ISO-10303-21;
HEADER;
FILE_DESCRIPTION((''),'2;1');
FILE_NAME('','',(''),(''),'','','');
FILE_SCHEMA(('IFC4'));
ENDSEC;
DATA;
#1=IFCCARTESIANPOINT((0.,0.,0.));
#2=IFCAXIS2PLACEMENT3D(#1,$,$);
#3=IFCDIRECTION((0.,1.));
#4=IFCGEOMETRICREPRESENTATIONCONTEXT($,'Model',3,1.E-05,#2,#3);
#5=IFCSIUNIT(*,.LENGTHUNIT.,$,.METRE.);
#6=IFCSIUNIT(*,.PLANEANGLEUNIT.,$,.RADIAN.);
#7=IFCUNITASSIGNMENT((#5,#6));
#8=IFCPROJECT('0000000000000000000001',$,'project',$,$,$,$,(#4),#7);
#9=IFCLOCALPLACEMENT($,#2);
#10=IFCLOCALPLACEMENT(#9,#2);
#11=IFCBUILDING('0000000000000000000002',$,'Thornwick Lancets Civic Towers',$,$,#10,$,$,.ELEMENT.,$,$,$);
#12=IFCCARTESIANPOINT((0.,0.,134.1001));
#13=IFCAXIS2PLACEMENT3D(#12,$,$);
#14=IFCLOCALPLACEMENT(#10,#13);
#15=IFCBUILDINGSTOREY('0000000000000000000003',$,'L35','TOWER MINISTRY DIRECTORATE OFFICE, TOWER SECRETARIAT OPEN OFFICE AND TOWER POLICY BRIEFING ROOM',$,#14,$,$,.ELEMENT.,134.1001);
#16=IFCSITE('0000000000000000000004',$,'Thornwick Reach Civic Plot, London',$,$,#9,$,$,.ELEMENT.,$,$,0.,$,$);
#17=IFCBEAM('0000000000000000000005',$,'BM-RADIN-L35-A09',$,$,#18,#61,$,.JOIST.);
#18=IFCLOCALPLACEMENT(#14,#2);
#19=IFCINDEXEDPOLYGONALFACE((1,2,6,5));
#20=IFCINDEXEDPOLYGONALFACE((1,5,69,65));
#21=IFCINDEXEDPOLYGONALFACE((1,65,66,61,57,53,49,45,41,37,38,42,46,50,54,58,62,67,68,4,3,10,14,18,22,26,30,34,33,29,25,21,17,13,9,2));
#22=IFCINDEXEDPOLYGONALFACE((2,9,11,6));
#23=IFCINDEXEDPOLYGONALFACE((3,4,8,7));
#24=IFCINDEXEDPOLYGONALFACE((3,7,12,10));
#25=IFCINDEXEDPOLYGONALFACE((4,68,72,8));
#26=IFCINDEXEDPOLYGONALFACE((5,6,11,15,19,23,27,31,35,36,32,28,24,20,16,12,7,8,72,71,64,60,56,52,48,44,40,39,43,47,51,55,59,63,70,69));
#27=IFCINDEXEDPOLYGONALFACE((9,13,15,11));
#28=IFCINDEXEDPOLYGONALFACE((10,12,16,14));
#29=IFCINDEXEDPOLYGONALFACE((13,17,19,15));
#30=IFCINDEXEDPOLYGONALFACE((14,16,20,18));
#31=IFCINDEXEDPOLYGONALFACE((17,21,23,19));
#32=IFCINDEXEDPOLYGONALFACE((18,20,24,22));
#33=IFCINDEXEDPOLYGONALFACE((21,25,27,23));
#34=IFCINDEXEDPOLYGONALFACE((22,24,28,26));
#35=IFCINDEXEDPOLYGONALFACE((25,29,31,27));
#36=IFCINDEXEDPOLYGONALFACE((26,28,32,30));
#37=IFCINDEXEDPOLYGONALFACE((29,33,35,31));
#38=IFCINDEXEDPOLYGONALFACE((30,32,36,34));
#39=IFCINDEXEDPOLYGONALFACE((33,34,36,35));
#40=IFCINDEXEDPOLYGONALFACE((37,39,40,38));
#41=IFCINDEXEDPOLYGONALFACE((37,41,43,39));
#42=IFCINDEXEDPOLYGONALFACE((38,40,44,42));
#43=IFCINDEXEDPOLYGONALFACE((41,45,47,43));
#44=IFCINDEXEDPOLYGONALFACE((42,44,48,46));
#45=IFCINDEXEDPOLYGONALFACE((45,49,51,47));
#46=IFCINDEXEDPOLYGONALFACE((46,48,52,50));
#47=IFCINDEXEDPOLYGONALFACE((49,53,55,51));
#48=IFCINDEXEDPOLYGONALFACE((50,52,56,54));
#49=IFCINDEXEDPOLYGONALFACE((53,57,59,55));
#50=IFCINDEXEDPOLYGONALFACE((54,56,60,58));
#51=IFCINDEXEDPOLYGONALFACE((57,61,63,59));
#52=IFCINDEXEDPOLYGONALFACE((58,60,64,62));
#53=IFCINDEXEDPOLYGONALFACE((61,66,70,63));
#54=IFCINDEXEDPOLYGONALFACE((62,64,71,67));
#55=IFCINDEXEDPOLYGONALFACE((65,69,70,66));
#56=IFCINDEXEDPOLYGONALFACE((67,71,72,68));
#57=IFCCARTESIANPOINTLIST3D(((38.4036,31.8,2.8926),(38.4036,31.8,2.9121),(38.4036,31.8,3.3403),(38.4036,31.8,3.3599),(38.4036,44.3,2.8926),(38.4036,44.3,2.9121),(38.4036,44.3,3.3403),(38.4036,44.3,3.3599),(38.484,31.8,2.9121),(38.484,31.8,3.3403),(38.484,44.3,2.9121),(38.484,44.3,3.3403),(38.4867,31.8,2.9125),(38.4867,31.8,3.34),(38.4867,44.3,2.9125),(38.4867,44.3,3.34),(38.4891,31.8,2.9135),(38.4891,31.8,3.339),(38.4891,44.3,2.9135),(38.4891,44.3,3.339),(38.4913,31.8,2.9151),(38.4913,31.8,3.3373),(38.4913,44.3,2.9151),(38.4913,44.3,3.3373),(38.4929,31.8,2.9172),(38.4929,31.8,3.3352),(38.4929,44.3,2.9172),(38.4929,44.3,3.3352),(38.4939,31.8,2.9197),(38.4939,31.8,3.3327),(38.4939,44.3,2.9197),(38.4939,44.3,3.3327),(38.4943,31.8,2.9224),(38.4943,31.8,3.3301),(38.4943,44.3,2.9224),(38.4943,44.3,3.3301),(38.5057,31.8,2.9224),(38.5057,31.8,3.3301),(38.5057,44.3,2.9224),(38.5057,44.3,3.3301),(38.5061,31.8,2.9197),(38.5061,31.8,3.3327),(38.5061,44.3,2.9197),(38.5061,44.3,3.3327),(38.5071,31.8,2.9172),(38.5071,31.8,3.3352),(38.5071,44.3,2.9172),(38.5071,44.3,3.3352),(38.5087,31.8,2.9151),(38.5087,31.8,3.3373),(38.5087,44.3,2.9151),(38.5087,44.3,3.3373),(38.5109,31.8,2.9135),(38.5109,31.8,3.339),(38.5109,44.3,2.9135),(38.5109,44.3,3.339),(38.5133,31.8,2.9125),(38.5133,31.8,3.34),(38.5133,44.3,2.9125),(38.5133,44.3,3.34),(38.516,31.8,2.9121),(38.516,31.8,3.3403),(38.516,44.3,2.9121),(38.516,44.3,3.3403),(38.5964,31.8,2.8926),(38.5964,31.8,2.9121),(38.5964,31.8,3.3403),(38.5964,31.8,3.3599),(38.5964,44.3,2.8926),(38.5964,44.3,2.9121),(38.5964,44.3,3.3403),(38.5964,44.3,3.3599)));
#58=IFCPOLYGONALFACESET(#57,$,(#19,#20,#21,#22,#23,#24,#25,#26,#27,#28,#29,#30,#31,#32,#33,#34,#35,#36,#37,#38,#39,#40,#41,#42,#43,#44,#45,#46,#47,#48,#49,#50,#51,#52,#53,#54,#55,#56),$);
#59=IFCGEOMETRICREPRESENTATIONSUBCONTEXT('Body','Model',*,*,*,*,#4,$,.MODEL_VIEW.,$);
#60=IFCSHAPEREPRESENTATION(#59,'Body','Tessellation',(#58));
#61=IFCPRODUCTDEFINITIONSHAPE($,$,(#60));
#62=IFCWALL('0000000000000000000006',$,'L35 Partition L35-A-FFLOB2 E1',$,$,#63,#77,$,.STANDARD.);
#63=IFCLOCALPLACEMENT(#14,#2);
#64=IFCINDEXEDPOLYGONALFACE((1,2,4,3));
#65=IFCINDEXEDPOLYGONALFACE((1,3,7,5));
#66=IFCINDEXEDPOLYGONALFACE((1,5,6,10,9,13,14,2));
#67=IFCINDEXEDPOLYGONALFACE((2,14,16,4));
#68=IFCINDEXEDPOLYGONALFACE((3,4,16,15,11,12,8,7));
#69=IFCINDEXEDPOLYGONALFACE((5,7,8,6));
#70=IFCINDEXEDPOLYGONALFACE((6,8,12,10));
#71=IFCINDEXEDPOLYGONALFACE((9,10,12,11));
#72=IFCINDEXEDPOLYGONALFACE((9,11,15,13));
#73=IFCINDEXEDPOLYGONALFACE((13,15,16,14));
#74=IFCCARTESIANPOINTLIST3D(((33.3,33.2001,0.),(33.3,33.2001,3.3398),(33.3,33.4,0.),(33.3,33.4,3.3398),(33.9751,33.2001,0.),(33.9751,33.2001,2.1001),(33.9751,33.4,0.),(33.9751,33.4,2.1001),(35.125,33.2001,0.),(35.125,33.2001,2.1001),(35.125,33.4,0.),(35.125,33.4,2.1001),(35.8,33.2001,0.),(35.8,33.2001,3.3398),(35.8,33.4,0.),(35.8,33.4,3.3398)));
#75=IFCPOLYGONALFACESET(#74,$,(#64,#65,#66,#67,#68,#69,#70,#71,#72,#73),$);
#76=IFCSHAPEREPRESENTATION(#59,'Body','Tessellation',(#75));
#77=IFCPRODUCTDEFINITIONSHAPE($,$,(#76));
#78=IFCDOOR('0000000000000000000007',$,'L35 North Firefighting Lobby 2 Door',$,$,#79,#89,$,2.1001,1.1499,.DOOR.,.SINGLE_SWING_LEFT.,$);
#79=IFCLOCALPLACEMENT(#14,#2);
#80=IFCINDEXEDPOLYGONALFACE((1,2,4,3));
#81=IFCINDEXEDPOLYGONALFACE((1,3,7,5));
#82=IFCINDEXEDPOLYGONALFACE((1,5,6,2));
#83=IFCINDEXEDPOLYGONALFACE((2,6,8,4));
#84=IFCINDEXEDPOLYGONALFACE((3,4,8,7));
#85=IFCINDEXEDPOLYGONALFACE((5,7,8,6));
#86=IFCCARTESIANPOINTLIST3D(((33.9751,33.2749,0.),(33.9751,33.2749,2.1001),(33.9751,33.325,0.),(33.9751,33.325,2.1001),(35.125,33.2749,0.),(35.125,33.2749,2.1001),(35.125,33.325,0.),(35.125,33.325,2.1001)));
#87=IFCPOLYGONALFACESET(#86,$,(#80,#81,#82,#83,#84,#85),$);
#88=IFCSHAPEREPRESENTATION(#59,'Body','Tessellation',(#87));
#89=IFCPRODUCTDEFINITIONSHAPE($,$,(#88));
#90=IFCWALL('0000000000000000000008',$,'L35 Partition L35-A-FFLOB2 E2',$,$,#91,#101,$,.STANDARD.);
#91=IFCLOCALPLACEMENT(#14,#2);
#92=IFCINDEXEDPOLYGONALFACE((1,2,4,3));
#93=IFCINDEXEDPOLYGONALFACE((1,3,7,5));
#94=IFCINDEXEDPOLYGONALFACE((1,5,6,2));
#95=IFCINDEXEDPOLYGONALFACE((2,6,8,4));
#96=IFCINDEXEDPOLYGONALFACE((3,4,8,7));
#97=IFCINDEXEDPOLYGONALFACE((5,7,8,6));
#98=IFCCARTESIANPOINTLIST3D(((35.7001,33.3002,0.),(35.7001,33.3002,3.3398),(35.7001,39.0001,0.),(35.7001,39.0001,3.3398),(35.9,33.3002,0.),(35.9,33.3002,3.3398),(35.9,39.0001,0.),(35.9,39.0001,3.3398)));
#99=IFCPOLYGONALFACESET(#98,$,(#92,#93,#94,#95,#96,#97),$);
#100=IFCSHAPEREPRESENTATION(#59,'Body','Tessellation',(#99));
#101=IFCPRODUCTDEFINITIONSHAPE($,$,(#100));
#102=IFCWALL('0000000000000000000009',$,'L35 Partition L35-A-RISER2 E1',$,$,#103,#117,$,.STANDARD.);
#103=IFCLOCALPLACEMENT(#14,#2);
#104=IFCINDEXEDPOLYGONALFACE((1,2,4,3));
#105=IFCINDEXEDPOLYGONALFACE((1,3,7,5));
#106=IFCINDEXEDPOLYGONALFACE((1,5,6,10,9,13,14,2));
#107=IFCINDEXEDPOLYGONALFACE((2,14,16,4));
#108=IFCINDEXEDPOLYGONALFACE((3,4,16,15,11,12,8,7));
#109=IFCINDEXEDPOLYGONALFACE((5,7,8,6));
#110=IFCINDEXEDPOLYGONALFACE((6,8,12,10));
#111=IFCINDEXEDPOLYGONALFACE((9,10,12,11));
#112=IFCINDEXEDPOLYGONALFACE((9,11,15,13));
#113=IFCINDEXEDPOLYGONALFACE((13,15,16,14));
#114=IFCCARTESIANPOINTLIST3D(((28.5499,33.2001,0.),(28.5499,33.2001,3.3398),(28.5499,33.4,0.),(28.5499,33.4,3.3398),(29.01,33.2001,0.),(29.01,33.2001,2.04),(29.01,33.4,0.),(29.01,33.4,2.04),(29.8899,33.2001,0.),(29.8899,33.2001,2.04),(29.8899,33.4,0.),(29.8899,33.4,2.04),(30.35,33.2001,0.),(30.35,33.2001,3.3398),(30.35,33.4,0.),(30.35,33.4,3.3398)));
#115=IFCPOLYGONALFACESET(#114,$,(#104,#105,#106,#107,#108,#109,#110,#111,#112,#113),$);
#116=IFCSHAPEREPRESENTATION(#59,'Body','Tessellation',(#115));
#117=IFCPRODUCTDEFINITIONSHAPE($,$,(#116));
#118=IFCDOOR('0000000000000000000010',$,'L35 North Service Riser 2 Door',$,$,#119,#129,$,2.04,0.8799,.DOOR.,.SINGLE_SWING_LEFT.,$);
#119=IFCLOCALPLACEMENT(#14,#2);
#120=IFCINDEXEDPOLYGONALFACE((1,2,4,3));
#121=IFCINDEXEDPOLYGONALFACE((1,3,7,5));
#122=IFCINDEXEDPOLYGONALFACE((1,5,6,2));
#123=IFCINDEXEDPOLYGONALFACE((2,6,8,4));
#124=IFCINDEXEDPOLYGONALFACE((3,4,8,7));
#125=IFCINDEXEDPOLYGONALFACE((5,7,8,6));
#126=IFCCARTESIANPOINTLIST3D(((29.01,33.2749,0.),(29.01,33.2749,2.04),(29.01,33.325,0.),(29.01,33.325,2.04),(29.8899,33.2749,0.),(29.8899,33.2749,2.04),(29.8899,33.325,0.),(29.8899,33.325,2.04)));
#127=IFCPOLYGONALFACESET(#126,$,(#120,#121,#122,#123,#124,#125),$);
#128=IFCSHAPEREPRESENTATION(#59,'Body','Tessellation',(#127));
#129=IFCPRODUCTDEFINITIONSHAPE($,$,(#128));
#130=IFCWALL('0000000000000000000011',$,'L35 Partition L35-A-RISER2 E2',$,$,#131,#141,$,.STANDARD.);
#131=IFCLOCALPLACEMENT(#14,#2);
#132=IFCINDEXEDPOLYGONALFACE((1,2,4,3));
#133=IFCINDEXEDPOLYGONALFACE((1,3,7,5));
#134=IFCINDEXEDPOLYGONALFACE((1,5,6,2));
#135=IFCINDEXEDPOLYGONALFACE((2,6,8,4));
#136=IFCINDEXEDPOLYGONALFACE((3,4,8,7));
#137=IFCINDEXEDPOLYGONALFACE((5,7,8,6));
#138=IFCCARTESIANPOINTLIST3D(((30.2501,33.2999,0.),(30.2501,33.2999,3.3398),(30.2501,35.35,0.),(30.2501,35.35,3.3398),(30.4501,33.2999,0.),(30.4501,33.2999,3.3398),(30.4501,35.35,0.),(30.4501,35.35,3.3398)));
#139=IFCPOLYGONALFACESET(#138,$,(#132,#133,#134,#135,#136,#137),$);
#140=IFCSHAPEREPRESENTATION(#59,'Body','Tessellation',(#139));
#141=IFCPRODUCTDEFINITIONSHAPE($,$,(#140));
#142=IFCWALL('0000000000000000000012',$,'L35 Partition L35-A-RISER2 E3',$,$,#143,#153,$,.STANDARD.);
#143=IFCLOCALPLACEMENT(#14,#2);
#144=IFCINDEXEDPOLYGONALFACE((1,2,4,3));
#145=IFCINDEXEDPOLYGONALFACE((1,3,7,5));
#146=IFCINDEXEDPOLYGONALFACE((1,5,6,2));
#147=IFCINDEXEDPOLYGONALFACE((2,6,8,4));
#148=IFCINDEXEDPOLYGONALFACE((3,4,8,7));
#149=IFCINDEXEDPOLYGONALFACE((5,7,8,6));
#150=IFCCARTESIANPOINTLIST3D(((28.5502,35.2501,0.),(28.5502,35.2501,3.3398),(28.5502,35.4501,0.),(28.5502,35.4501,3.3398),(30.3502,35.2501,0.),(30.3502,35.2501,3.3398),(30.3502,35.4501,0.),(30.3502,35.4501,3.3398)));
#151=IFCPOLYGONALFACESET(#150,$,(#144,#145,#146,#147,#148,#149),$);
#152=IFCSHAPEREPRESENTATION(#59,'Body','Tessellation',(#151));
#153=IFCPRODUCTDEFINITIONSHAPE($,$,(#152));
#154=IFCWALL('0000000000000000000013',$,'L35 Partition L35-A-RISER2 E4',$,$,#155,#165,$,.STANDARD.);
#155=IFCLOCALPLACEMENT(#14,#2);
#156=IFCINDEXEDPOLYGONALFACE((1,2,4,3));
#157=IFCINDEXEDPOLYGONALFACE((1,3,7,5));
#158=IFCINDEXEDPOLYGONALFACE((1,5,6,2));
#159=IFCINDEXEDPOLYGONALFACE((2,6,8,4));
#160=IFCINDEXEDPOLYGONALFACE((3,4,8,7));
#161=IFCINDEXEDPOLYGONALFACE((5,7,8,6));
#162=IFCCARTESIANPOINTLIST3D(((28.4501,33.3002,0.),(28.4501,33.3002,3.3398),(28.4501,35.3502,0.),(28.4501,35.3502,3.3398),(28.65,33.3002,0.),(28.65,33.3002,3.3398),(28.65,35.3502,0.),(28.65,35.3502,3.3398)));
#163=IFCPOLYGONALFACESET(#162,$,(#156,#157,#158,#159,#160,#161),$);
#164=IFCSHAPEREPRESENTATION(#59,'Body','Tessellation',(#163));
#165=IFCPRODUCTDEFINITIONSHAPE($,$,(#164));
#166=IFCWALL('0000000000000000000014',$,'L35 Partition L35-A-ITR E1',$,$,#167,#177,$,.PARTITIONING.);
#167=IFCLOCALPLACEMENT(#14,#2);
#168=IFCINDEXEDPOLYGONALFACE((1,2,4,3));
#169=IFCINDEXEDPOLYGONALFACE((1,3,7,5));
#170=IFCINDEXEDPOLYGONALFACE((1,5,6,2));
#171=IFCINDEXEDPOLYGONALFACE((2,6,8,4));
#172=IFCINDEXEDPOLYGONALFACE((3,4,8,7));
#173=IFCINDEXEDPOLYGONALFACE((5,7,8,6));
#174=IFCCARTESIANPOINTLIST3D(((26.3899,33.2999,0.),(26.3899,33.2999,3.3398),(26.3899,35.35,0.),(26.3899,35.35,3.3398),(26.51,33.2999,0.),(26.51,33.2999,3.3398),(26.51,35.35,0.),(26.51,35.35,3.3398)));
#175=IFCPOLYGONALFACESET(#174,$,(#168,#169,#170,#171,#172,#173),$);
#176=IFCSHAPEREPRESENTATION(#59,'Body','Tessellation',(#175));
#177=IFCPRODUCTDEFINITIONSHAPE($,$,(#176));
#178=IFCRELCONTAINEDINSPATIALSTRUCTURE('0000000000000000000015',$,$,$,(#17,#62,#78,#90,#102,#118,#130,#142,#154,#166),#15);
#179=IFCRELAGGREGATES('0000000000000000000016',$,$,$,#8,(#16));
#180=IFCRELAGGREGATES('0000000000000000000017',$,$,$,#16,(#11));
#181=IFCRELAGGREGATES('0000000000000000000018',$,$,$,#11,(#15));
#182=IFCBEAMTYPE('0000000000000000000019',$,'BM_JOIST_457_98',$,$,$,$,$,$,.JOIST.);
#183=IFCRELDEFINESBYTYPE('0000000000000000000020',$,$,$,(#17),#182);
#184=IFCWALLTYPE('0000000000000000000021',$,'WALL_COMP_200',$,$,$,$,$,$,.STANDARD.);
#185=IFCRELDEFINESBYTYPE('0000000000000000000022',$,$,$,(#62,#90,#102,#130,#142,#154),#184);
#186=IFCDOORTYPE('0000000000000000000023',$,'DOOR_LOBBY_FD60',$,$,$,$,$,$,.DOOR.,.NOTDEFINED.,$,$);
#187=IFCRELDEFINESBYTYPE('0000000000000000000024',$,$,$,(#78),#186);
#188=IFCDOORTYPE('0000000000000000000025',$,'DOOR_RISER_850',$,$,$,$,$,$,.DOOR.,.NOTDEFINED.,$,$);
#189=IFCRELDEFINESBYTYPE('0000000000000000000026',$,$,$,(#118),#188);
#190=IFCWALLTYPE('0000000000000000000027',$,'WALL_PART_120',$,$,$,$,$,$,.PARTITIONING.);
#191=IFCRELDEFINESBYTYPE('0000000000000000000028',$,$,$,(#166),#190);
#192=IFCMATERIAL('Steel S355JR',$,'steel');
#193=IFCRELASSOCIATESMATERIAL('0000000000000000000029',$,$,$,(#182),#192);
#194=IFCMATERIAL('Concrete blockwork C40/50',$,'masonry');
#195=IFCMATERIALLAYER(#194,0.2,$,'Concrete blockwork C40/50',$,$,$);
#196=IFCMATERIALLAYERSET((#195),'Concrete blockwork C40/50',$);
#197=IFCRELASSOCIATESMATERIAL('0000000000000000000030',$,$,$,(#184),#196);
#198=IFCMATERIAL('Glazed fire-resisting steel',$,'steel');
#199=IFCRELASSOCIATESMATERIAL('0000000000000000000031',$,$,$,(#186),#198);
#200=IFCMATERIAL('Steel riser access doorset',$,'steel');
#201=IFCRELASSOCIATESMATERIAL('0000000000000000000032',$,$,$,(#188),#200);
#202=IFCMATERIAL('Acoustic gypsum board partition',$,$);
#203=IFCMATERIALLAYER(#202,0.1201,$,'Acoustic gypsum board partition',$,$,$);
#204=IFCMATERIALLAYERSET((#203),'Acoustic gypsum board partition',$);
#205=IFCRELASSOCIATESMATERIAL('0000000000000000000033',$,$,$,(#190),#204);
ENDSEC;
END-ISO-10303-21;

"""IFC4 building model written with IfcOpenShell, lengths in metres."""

from ifc_helpers import new_model, si_unit, direction, frame, frame_2d, origin, origin_2d, place, context, subcontext, project, spatial, rectangle, i_section, extrude, material, layer, layer_set, material_profile, profile_set, type_object, element, fill, save


model = new_model("IFC4")

# Units and contexts
model_context = context("Model", 3, precision=1e-05, world=origin(), true_north=direction((0.0, 1.0)))
body_context = subcontext(model_context, "Body", "Model", "MODEL_VIEW")
ifc_project = project(units=[si_unit("LENGTHUNIT", "METRE"), si_unit("PLANEANGLEUNIT", "RADIAN")], contexts=[model_context])

# Site, building, storey
site_placement = place(None, origin())
site = spatial("IfcSite", under=ifc_project, at=site_placement, Name="Thornwick Reach Civic Plot, London", CompositionType="ELEMENT", RefElevation=0.0)
building_placement = place(site_placement, origin())
building = spatial("IfcBuilding", under=site, at=building_placement, Name="Thornwick Lancets Civic Towers", CompositionType="ELEMENT")
storey_placement = place(building_placement, frame((0.0, 0.0, 134.1001)))
storey = spatial("IfcBuildingStorey", under=building, at=storey_placement, Name="L35", Description="TOWER MINISTRY DIRECTORATE OFFICE, TOWER SECRETARIAT OPEN OFFICE AND TOWER POLICY BRIEFING ROOM", CompositionType="ELEMENT", Elevation=134.1001)

# Beam
ifc_material_1 = material(Name="Steel S355JR", Category="steel")
ifc_material_profile_1 = material_profile(ifc_material_1, i_section(OverallWidth=0.1929, OverallDepth=0.4673, WebThickness=0.0115, FlangeThickness=0.0195, FilletRadius=0.0103, at=origin_2d()), Name="UKB 457x191x98")
ifc_profile_set_1 = profile_set([ifc_material_profile_1], Name="Steel S355JR")
beam_type_1 = type_object("IfcBeamType", Name="BM_JOIST_457_98", PredefinedType="JOIST", material=ifc_profile_set_1)
beam_1_placement = place(storey_placement, frame((38.5, 31.8, 3.1262), z_axis=(0.0, 1.0, 0.0), x_axis=(-1.0, 0.0, 0.0)))
element("IfcBeam", 1, at=beam_1_placement, inside=storey, type_object=beam_type_1, Name="BM-RADIN-L35-A09", PredefinedType="JOIST", context=body_context, shape_type="SweptSolid", body=[
    extrude(i_section(OverallWidth=0.1929, OverallDepth=0.4673, WebThickness=0.0115, FlangeThickness=0.0195, FilletRadius=0.0103, at=origin_2d()), origin(), (0.0, 0.0, 1.0), 12.5),
])

# Wall, opening, door
ifc_material_2 = material(Name="Concrete blockwork C40/50", Category="masonry")
ifc_layer_1 = layer(ifc_material_2, 0.2, Name="Concrete blockwork C40/50")
ifc_layer_set_1 = layer_set([ifc_layer_1], Name="Concrete blockwork C40/50")
wall_type_1 = type_object("IfcWallType", Name="WALL_COMP_200", PredefinedType="STANDARD", material=ifc_layer_set_1)
wall_1_placement = place(storey_placement, frame((33.3, 33.3, 0.0), z_axis=(0.0, 0.0, 1.0), x_axis=(1.0, 0.0, 0.0)))
wall_1 = element("IfcWall", 2, at=wall_1_placement, inside=storey, type_object=wall_type_1, Name="L35 Partition L35-A-FFLOB2 E1", PredefinedType="STANDARD", context=body_context, shape_type="SweptSolid", body=[
    extrude(rectangle(XDim=2.5, YDim=0.2, at=frame_2d((1.25, 0.0))), origin(), (0.0, 0.0, 1.0), 3.3398),
])
opening_1_placement = place(wall_1_placement, frame((0.675, 0.0, 0.0)))
opening_1 = element("IfcOpeningElement", 3, at=opening_1_placement, cuts=wall_1, PredefinedType="OPENING", context=body_context, shape_type="SweptSolid", body=[
    extrude(rectangle(XDim=1.1499, YDim=2.1001, at=frame_2d((0.575, 1.05))), frame((0.0, 0.1099, 0.0), z_axis=(0.0, -1.0, 0.0), x_axis=(1.0, 0.0, 0.0)), (0.0, 0.0, 1.0), 0.22),
])
ifc_material_3 = material(Name="Glazed fire-resisting steel", Category="steel")
door_type_1 = type_object("IfcDoorType", Name="DOOR_LOBBY_FD60", OperationType="NOTDEFINED", PredefinedType="DOOR", material=ifc_material_3)
door_1_placement = place(opening_1_placement, origin())
door_1 = element("IfcDoor", 4, at=door_1_placement, inside=storey, type_object=door_type_1, Name="L35 North Firefighting Lobby 2 Door", OperationType="SINGLE_SWING_LEFT", OverallHeight=2.1001, OverallWidth=1.1499, PredefinedType="DOOR", context=body_context, shape_type="SweptSolid", body=[
    extrude(rectangle(XDim=1.1499, YDim=2.1001, at=frame_2d((0.575, 1.05))), frame((0.0, 0.0249, 0.0), z_axis=(0.0, -1.0, 0.0), x_axis=(1.0, 0.0, 0.0)), (0.0, 0.0, 1.0), 0.05),
])
fill(opening_1, door_1)

# Wall
wall_2_placement = place(storey_placement, frame((35.8, 33.3, 0.0), z_axis=(0.0, 0.0, 1.0), x_axis=(0.0, 1.0, 0.0)))
element("IfcWall", 5, at=wall_2_placement, inside=storey, type_object=wall_type_1, Name="L35 Partition L35-A-FFLOB2 E2", PredefinedType="STANDARD", context=body_context, shape_type="SweptSolid", body=[
    extrude(rectangle(XDim=5.7, YDim=0.2, at=frame_2d((2.8501, 0.0))), origin(), (0.0, 0.0, 1.0), 3.3398),
])

# Wall, opening, door
wall_3_placement = place(storey_placement, frame((28.55, 33.3, 0.0), z_axis=(0.0, 0.0, 1.0), x_axis=(1.0, 0.0, 0.0)))
wall_3 = element("IfcWall", 6, at=wall_3_placement, inside=storey, type_object=wall_type_1, Name="L35 Partition L35-A-RISER2 E1", PredefinedType="STANDARD", context=body_context, shape_type="SweptSolid", body=[
    extrude(rectangle(XDim=1.8, YDim=0.2, at=frame_2d((0.8999, 0.0))), origin(), (0.0, 0.0, 1.0), 3.3398),
])
opening_2_placement = place(wall_3_placement, frame((0.46, 0.0, 0.0)))
opening_2 = element("IfcOpeningElement", 7, at=opening_2_placement, cuts=wall_3, PredefinedType="OPENING", context=body_context, shape_type="SweptSolid", body=[
    extrude(rectangle(XDim=0.8799, YDim=2.04, at=frame_2d((0.4399, 1.02))), frame((0.0, 0.1099, 0.0), z_axis=(0.0, -1.0, 0.0), x_axis=(1.0, 0.0, 0.0)), (0.0, 0.0, 1.0), 0.22),
])
ifc_material_4 = material(Name="Steel riser access doorset", Category="steel")
door_type_2 = type_object("IfcDoorType", Name="DOOR_RISER_850", OperationType="NOTDEFINED", PredefinedType="DOOR", material=ifc_material_4)
door_2_placement = place(opening_2_placement, origin())
door_2 = element("IfcDoor", 8, at=door_2_placement, inside=storey, type_object=door_type_2, Name="L35 North Service Riser 2 Door", OperationType="SINGLE_SWING_LEFT", OverallHeight=2.04, OverallWidth=0.8799, PredefinedType="DOOR", context=body_context, shape_type="SweptSolid", body=[
    extrude(rectangle(XDim=0.8799, YDim=2.04, at=frame_2d((0.4399, 1.02))), frame((0.0, 0.0249, 0.0), z_axis=(0.0, -1.0, 0.0), x_axis=(1.0, 0.0, 0.0)), (0.0, 0.0, 1.0), 0.05),
])
fill(opening_2, door_2)

# Walls
wall_4_placement = place(storey_placement, frame((30.3501, 33.3, 0.0), z_axis=(0.0, 0.0, 1.0), x_axis=(0.0, 1.0, 0.0)))
element("IfcWall", 9, at=wall_4_placement, inside=storey, type_object=wall_type_1, Name="L35 Partition L35-A-RISER2 E2", PredefinedType="STANDARD", context=body_context, shape_type="SweptSolid", body=[
    extrude(rectangle(XDim=2.05, YDim=0.2, at=frame_2d((1.0249, 0.0))), origin(), (0.0, 0.0, 1.0), 3.3398),
])
wall_5_placement = place(storey_placement, frame((30.3501, 35.3501, 0.0), z_axis=(0.0, 0.0, 1.0), x_axis=(-1.0, 0.0, 0.0)))
element("IfcWall", 10, at=wall_5_placement, inside=storey, type_object=wall_type_1, Name="L35 Partition L35-A-RISER2 E3", PredefinedType="STANDARD", context=body_context, shape_type="SweptSolid", body=[
    extrude(rectangle(XDim=1.8, YDim=0.2, at=frame_2d((0.8999, 0.0))), origin(), (0.0, 0.0, 1.0), 3.3398),
])
wall_6_placement = place(storey_placement, frame((28.55, 35.3501, 0.0), z_axis=(0.0, 0.0, 1.0), x_axis=(0.0, -1.0, 0.0)))
element("IfcWall", 11, at=wall_6_placement, inside=storey, type_object=wall_type_1, Name="L35 Partition L35-A-RISER2 E4", PredefinedType="STANDARD", context=body_context, shape_type="SweptSolid", body=[
    extrude(rectangle(XDim=2.05, YDim=0.2, at=frame_2d((1.0249, 0.0))), origin(), (0.0, 0.0, 1.0), 3.3398),
])
ifc_material_5 = material(Name="Acoustic gypsum board partition")
ifc_layer_2 = layer(ifc_material_5, 0.1201, Name="Acoustic gypsum board partition")
ifc_layer_set_2 = layer_set([ifc_layer_2], Name="Acoustic gypsum board partition")
wall_type_2 = type_object("IfcWallType", Name="WALL_PART_120", PredefinedType="PARTITIONING", material=ifc_layer_set_2)
wall_7_placement = place(storey_placement, frame((26.45, 33.3, 0.0), z_axis=(0.0, 0.0, 1.0), x_axis=(0.0, 1.0, 0.0)))
element("IfcWall", 12, at=wall_7_placement, inside=storey, type_object=wall_type_2, Name="L35 Partition L35-A-ITR E1", PredefinedType="PARTITIONING", context=body_context, shape_type="SweptSolid", body=[
    extrude(rectangle(XDim=2.05, YDim=0.1201, at=frame_2d((1.0249, 0.0))), origin(), (0.0, 0.0, 1.0), 3.3398),
])

save(model, "model.ifc")
